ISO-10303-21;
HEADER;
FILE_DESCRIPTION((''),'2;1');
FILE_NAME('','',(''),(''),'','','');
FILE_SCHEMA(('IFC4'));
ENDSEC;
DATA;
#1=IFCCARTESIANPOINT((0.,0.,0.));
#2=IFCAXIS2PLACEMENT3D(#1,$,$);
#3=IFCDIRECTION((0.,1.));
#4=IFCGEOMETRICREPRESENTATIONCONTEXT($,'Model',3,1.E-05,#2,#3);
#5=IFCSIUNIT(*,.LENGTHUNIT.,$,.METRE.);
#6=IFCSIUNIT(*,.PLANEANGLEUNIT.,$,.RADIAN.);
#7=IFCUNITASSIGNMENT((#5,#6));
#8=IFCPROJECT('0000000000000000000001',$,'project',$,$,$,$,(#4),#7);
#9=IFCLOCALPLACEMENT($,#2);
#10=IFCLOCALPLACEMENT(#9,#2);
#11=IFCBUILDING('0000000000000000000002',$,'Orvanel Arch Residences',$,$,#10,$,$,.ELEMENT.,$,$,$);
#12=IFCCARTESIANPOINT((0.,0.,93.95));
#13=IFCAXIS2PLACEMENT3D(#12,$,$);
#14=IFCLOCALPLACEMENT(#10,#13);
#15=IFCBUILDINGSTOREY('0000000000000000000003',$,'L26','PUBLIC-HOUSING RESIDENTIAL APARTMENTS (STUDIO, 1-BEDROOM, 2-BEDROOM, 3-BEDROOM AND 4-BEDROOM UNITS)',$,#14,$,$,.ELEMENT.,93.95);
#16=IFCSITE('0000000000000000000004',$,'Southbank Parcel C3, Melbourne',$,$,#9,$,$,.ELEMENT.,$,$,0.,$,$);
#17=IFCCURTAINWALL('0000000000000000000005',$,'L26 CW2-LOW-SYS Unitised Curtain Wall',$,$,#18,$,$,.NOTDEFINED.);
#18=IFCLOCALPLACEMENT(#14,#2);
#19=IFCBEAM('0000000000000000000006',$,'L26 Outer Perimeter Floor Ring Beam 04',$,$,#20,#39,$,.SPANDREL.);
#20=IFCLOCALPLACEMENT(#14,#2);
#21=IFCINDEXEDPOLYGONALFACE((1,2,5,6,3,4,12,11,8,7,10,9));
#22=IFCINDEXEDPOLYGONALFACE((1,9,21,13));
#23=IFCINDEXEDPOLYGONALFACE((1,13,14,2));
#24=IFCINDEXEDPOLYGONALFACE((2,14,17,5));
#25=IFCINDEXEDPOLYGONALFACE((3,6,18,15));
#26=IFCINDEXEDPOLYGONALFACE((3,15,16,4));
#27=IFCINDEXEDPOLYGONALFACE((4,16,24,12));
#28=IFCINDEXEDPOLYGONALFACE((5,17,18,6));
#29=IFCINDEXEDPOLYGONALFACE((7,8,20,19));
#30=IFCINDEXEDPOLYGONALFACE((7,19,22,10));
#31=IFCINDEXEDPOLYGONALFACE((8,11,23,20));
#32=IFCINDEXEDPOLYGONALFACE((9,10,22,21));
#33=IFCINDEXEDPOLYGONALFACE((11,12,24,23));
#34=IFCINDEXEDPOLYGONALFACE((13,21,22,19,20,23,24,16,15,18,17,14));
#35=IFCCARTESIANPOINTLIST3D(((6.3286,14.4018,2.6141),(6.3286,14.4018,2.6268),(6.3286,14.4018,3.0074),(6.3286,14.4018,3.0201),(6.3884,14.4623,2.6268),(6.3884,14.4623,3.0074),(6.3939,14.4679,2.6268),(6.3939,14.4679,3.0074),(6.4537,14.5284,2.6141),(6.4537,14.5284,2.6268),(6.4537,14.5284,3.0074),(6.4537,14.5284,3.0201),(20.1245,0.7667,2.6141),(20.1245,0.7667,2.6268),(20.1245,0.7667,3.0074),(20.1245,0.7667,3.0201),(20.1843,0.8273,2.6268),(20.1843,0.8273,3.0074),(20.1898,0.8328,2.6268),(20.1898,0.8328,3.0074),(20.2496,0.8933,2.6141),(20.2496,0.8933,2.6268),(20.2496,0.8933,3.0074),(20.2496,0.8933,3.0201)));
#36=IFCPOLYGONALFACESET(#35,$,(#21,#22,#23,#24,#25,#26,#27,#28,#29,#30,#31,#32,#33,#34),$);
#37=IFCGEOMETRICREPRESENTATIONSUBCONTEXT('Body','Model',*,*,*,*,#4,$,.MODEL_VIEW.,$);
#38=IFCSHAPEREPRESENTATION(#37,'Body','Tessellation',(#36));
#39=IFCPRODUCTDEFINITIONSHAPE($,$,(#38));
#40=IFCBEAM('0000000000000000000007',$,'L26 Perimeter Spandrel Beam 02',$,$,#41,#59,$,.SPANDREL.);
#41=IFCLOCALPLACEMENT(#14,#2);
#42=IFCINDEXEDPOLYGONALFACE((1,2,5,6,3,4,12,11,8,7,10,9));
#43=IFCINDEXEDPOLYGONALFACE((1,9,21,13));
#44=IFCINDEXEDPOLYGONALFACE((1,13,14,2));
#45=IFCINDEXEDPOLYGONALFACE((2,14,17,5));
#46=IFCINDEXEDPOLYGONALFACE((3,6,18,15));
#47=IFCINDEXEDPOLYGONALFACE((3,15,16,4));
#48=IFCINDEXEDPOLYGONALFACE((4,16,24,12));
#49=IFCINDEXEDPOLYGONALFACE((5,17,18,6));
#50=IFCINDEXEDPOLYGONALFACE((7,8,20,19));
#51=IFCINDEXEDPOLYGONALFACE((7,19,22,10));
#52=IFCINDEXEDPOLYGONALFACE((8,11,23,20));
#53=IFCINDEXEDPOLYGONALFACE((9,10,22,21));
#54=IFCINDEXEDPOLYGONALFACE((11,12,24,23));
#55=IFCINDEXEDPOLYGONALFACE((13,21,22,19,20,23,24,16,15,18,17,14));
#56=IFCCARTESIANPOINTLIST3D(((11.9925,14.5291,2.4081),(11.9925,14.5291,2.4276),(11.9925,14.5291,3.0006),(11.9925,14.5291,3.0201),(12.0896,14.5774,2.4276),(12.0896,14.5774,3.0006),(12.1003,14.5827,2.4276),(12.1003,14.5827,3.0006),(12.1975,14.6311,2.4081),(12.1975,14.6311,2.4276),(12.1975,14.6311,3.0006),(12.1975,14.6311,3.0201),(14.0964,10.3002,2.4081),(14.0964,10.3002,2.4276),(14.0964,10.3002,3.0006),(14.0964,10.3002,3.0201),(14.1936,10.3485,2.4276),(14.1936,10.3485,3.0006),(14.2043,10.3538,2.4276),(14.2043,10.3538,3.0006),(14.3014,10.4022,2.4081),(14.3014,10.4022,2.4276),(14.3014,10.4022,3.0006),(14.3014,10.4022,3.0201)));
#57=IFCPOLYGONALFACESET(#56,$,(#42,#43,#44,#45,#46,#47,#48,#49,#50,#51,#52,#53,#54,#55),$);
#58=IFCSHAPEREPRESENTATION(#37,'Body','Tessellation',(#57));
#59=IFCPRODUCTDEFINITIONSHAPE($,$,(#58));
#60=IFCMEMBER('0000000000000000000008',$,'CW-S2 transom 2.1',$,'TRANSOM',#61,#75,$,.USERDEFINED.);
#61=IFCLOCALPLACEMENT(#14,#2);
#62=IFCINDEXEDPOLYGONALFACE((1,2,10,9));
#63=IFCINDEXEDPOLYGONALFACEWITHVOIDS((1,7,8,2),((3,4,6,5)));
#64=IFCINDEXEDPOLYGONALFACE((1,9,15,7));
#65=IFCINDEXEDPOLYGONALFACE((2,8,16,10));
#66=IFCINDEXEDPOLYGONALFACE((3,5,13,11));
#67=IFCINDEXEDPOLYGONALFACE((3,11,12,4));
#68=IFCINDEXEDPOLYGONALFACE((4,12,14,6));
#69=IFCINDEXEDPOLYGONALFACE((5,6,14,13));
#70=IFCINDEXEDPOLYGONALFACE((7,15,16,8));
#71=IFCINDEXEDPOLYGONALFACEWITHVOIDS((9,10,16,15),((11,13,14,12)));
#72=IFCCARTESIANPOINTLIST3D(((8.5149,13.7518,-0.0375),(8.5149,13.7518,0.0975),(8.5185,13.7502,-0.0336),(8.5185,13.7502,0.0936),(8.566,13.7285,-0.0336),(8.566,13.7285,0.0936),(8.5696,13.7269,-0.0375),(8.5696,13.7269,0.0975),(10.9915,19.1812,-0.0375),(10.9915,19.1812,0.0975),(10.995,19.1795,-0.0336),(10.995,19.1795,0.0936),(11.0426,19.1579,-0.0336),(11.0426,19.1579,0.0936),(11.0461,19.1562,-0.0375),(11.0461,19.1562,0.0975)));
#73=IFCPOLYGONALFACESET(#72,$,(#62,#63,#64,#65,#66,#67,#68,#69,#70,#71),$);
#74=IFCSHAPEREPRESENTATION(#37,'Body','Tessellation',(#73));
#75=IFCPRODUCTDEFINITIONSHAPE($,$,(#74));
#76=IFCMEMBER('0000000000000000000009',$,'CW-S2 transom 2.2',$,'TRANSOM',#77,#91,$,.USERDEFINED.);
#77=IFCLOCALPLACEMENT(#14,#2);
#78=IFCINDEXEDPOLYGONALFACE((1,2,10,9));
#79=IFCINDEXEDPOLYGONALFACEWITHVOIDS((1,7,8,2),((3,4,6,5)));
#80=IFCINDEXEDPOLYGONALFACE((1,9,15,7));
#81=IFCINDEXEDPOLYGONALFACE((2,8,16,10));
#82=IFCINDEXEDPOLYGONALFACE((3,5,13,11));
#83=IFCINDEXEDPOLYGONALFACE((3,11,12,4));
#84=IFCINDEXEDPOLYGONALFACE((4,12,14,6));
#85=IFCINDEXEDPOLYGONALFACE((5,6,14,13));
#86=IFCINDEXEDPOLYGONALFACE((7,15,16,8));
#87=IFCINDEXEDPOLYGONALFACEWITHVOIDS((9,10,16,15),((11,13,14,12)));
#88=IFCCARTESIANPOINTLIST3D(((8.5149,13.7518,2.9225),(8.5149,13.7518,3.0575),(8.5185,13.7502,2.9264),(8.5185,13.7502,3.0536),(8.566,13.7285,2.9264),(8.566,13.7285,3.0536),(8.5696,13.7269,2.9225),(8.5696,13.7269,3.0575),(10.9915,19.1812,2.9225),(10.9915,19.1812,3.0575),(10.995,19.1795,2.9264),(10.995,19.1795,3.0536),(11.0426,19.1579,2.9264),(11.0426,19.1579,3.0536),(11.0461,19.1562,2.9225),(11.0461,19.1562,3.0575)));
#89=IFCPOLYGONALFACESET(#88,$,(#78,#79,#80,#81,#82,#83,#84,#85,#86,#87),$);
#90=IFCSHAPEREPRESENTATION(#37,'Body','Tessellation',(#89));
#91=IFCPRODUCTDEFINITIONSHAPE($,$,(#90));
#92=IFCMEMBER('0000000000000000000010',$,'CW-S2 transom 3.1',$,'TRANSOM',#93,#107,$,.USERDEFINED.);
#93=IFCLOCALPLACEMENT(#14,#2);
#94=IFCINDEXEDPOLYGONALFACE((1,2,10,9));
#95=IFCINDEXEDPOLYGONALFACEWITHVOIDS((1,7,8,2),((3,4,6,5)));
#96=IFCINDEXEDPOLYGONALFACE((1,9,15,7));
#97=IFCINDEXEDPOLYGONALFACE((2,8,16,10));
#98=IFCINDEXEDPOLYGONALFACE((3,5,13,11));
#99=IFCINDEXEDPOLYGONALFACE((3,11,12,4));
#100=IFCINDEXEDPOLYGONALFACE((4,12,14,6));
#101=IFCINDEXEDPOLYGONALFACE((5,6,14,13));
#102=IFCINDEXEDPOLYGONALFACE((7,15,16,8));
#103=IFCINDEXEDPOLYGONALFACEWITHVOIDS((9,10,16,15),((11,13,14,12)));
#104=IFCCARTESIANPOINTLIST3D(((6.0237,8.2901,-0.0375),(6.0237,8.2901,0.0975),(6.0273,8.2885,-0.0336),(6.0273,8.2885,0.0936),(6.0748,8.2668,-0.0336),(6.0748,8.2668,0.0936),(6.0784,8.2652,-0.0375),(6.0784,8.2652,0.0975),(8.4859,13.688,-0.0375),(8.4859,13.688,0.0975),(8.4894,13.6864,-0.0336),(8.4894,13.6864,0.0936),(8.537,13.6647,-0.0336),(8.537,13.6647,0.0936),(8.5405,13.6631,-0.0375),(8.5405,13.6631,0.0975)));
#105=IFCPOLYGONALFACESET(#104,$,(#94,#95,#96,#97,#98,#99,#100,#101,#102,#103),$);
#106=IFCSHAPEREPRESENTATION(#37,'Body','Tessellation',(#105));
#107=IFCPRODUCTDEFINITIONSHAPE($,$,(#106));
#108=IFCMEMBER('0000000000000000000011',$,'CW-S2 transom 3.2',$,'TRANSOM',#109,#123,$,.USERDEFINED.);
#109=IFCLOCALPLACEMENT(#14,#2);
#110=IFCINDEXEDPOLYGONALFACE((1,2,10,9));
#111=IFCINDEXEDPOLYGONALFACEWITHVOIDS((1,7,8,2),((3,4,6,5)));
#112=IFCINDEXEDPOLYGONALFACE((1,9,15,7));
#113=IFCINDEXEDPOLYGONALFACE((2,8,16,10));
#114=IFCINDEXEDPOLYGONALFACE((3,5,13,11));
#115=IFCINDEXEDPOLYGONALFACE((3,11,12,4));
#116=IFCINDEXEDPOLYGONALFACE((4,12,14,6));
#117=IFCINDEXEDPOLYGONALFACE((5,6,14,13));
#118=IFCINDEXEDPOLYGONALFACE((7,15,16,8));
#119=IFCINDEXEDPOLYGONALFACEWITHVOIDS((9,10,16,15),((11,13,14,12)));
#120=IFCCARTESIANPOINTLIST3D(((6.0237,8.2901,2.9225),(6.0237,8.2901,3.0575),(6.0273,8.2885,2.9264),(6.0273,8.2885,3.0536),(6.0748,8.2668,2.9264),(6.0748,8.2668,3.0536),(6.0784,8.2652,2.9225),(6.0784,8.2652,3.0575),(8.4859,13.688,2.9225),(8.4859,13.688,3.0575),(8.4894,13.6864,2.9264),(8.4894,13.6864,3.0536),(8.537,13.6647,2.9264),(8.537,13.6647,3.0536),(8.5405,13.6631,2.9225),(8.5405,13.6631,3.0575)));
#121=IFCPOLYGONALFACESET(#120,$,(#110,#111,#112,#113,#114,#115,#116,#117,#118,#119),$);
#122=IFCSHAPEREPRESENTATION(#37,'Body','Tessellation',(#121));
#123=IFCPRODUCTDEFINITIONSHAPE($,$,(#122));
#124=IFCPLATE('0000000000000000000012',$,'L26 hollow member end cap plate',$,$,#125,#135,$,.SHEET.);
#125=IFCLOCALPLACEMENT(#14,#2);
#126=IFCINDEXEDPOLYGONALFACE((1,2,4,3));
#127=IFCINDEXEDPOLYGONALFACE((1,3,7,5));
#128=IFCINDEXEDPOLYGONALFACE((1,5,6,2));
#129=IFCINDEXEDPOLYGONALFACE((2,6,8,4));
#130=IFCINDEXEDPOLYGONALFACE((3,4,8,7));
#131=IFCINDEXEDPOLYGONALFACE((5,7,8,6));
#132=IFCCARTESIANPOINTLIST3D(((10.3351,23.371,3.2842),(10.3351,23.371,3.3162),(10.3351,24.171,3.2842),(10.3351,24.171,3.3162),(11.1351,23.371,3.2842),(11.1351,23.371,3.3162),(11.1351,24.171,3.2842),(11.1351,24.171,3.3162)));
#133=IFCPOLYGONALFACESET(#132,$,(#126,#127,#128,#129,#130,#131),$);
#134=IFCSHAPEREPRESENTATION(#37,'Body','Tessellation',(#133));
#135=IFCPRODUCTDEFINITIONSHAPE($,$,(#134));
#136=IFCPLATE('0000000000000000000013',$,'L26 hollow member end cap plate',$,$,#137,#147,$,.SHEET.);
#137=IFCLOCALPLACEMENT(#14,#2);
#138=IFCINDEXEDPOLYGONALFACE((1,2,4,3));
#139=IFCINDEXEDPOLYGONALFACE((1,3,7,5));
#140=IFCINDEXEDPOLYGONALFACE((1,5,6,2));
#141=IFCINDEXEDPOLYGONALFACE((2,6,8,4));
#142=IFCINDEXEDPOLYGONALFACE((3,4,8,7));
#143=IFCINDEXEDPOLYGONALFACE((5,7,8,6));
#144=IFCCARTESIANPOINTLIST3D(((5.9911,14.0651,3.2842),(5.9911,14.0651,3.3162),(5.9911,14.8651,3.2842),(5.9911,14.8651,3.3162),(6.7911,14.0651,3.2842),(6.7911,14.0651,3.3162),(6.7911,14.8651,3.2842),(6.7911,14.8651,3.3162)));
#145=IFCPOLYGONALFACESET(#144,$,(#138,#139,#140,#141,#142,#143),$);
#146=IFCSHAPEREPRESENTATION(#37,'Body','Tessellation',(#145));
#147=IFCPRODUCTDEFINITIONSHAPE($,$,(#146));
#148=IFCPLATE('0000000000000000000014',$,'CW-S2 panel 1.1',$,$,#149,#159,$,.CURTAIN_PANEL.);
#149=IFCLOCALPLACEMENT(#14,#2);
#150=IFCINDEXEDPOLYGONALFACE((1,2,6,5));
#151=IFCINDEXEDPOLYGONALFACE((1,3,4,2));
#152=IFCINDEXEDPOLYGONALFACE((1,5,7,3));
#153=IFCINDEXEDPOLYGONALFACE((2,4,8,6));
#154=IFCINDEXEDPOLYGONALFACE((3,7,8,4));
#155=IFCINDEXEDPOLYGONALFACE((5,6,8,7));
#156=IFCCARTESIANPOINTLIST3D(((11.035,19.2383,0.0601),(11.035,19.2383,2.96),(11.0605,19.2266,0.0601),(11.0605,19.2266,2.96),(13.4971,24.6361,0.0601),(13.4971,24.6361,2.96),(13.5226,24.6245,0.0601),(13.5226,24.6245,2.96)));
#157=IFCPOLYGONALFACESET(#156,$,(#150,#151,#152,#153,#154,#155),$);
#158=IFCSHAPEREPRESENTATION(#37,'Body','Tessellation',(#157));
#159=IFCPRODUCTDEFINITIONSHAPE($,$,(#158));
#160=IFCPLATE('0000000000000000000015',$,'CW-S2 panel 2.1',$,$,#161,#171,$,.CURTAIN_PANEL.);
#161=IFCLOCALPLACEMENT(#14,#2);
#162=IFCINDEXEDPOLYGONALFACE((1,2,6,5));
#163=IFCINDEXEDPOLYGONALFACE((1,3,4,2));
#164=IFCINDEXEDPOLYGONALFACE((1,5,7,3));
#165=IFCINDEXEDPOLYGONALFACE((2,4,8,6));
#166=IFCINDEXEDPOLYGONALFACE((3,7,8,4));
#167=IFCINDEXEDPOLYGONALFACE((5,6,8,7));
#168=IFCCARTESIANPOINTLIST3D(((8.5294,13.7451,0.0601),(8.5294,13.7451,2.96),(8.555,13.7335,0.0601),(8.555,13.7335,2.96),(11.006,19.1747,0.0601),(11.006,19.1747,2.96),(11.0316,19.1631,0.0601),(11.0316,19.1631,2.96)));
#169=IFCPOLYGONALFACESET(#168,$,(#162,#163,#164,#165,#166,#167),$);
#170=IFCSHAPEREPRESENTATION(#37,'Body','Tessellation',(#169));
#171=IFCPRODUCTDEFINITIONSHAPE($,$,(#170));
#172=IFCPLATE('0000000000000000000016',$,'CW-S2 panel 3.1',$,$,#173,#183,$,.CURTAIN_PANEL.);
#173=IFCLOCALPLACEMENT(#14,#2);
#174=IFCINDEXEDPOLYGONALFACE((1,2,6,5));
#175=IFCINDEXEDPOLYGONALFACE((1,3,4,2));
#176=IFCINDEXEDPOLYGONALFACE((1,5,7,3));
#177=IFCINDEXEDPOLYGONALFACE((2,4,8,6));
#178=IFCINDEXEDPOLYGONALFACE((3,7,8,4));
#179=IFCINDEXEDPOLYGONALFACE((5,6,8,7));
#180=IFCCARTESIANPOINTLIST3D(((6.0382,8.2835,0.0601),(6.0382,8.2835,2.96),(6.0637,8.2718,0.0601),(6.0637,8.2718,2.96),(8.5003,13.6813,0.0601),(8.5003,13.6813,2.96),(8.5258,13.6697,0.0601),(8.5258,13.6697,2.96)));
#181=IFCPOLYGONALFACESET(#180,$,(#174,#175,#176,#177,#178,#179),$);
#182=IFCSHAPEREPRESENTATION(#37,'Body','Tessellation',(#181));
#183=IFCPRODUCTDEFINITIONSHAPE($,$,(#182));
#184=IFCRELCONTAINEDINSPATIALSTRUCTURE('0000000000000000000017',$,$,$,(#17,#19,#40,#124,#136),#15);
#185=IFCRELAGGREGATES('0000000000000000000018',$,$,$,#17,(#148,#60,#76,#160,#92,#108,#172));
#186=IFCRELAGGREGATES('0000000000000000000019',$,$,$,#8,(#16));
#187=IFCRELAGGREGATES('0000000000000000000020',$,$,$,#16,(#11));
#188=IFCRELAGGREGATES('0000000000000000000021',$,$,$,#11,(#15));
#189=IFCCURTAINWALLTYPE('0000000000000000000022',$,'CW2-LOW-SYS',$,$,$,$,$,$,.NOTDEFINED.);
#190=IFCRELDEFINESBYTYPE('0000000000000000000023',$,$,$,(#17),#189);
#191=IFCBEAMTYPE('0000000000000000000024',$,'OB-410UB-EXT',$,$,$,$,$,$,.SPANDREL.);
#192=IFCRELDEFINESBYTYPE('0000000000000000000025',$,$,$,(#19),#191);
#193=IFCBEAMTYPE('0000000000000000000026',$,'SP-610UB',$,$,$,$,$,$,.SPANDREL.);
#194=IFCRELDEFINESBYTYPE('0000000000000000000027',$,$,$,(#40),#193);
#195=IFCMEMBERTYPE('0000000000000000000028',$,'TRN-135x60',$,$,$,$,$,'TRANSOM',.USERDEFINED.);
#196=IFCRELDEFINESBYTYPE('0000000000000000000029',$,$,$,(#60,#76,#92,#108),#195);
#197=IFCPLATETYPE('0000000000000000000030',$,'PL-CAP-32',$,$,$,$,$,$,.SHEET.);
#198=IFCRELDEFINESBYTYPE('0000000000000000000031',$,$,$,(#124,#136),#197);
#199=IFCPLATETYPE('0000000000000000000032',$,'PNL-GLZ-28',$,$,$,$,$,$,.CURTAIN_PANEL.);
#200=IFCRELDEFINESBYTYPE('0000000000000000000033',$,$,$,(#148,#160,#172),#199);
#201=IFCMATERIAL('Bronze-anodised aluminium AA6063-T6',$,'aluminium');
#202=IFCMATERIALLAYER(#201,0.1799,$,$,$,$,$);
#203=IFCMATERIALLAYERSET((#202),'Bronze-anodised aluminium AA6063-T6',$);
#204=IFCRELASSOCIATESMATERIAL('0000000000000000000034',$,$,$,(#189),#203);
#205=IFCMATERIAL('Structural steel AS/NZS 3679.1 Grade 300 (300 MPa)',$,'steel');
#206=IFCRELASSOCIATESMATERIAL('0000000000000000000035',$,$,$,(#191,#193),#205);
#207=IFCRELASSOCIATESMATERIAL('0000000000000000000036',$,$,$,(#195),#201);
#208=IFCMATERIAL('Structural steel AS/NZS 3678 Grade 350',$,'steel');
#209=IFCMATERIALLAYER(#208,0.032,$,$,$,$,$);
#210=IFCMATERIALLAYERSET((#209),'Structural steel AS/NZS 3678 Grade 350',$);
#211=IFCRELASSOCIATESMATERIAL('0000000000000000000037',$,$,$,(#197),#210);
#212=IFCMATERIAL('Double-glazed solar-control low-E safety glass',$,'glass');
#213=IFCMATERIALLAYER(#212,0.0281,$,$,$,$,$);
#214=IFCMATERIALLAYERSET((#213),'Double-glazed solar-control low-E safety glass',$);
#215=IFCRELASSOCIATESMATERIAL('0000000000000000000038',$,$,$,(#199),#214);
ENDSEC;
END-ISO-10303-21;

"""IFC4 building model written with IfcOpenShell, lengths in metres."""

from ifc_helpers import new_model, si_unit, direction, frame, origin, origin_2d, place, context, subcontext, project, spatial, rectangle, hollow_rectangle, i_section, extrude, material, layer, layer_set, material_profile, profile_set, type_object, element, aggregate, save


model = new_model("IFC4")

# Units and contexts
model_context = context("Model", 3, precision=1e-05, world=origin(), true_north=direction((0.0, 1.0)))
body_context = subcontext(model_context, "Body", "Model", "MODEL_VIEW")
ifc_project = project(units=[si_unit("LENGTHUNIT", "METRE"), si_unit("PLANEANGLEUNIT", "RADIAN")], contexts=[model_context])

# Site, building, storey
site_placement = place(None, origin())
site = spatial("IfcSite", under=ifc_project, at=site_placement, Name="Southbank Parcel C3, Melbourne", CompositionType="ELEMENT", RefElevation=0.0)
building_placement = place(site_placement, origin())
building = spatial("IfcBuilding", under=site, at=building_placement, Name="Orvanel Arch Residences", CompositionType="ELEMENT")
storey_placement = place(building_placement, frame((0.0, 0.0, 93.95)))
storey = spatial("IfcBuildingStorey", under=building, at=storey_placement, Name="L26", Description="PUBLIC-HOUSING RESIDENTIAL APARTMENTS (STUDIO, 1-BEDROOM, 2-BEDROOM, 3-BEDROOM AND 4-BEDROOM UNITS)", CompositionType="ELEMENT", Elevation=93.95)

# Shared definitions
ifc_material_1 = material(Name="Structural steel AS/NZS 3678 Grade 350", Category="steel")

# Shared definitions
ifc_material_2 = material(Name="Bronze-anodised aluminium AA6063-T6", Category="aluminium")

# Curtain wall
ifc_layer_1 = layer(ifc_material_2, 0.1799)
ifc_layer_set_1 = layer_set([ifc_layer_1], Name="Bronze-anodised aluminium AA6063-T6")
curtain_wall_type_1 = type_object("IfcCurtainWallType", Name="CW2-LOW-SYS", PredefinedType="NOTDEFINED", material=ifc_layer_set_1)
curtain_wall_1_placement = place(storey_placement, origin())
curtain_wall_1 = element("IfcCurtainWall", 1, at=curtain_wall_1_placement, inside=storey, type_object=curtain_wall_type_1, Name="L26 CW2-LOW-SYS Unitised Curtain Wall", PredefinedType="NOTDEFINED")

# Beams
ifc_material_3 = material(Name="Structural steel AS/NZS 3679.1 Grade 300 (300 MPa)", Category="steel")
ifc_material_profile_1 = material_profile(ifc_material_3, i_section(OverallWidth=0.178, OverallDepth=0.406, WebThickness=0.0078, FlangeThickness=0.0127, at=origin_2d()), Name="410UB59.7")
ifc_profile_set_1 = profile_set([ifc_material_profile_1], Name="Structural steel AS/NZS 3679.1 Grade 300 (300 MPa)")
beam_type_1 = type_object("IfcBeamType", Name="OB-410UB-EXT", PredefinedType="SPANDREL", material=ifc_profile_set_1)
beam_1_placement = place(storey_placement, frame((6.3911, 14.4651, 2.8171), z_axis=(0.711242, -0.702947, 0.0), x_axis=(0.702947, 0.711242, 0.0)))
element("IfcBeam", 2, at=beam_1_placement, inside=storey, type_object=beam_type_1, Name="L26 Outer Perimeter Floor Ring Beam 04", PredefinedType="SPANDREL", context=body_context, shape_type="SweptSolid", body=[
    extrude(i_section(OverallWidth=0.178, OverallDepth=0.406, WebThickness=0.0078, FlangeThickness=0.0127, at=origin_2d()), origin(), (0.0, 0.0, 1.0), 19.397),
])
ifc_material_profile_2 = material_profile(ifc_material_3, i_section(OverallWidth=0.229, OverallDepth=0.6121, WebThickness=0.012, FlangeThickness=0.0195, at=origin_2d()), Name="610UB125")
ifc_profile_set_2 = profile_set([ifc_material_profile_2], Name="Structural steel AS/NZS 3679.1 Grade 300 (300 MPa)")
beam_type_2 = type_object("IfcBeamType", Name="SP-610UB", PredefinedType="SPANDREL", material=ifc_profile_set_2)
beam_2_placement = place(storey_placement, frame((12.095, 14.5801, 2.7141), z_axis=(0.445435, -0.895314, 0.0), x_axis=(0.895314, 0.445435, 0.0)))
element("IfcBeam", 3, at=beam_2_placement, inside=storey, type_object=beam_type_2, Name="L26 Perimeter Spandrel Beam 02", PredefinedType="SPANDREL", context=body_context, shape_type="SweptSolid", body=[
    extrude(i_section(OverallWidth=0.229, OverallDepth=0.6121, WebThickness=0.012, FlangeThickness=0.0195, at=origin_2d()), origin(), (0.0, 0.0, 1.0), 4.7234),
])

# Members
ifc_material_profile_3 = material_profile(ifc_material_2, hollow_rectangle(XDim=0.0601, YDim=0.135, WallThickness=0.0039, at=origin_2d()), Name="ALU135x60x4")
ifc_profile_set_3 = profile_set([ifc_material_profile_3], Name="Bronze-anodised aluminium AA6063-T6")
member_type_1 = type_object("IfcMemberType", Name="TRN-135x60", ElementType="TRANSOM", PredefinedType="USERDEFINED", material=ifc_profile_set_3)
member_1_placement = place(storey_placement, frame((11.0188, 19.1687, 0.03), z_axis=(-0.415002, -0.909821, 0.0), x_axis=(0.909821, -0.415002, 0.0)))
member_1 = element("IfcMember", 4, at=member_1_placement, type_object=member_type_1, Name="CW-S2 transom 2.1", ObjectType="TRANSOM", PredefinedType="USERDEFINED", context=body_context, shape_type="SweptSolid", body=[
    extrude(hollow_rectangle(XDim=0.0601, YDim=0.135, WallThickness=0.0039, at=origin_2d()), origin(), (0.0, 0.0, 1.0), 5.9675),
])
member_2_placement = place(storey_placement, frame((11.0188, 19.1687, 2.99), z_axis=(-0.415002, -0.909821, 0.0), x_axis=(0.909821, -0.415002, 0.0)))
member_2 = element("IfcMember", 5, at=member_2_placement, type_object=member_type_1, Name="CW-S2 transom 2.2", ObjectType="TRANSOM", PredefinedType="USERDEFINED", context=body_context, shape_type="SweptSolid", body=[
    extrude(hollow_rectangle(XDim=0.0601, YDim=0.135, WallThickness=0.0039, at=origin_2d()), origin(), (0.0, 0.0, 1.0), 5.9675),
])
member_3_placement = place(storey_placement, frame((8.5132, 13.6755, 0.03), z_axis=(-0.414996, -0.909823, 0.0), x_axis=(0.909823, -0.414996, 0.0)))
member_3 = element("IfcMember", 6, at=member_3_placement, type_object=member_type_1, Name="CW-S2 transom 3.1", ObjectType="TRANSOM", PredefinedType="USERDEFINED", context=body_context, shape_type="SweptSolid", body=[
    extrude(hollow_rectangle(XDim=0.0601, YDim=0.135, WallThickness=0.0039, at=origin_2d()), origin(), (0.0, 0.0, 1.0), 5.9329),
])
member_4_placement = place(storey_placement, frame((8.5132, 13.6755, 2.99), z_axis=(-0.414996, -0.909823, 0.0), x_axis=(0.909823, -0.414996, 0.0)))
member_4 = element("IfcMember", 7, at=member_4_placement, type_object=member_type_1, Name="CW-S2 transom 3.2", ObjectType="TRANSOM", PredefinedType="USERDEFINED", context=body_context, shape_type="SweptSolid", body=[
    extrude(hollow_rectangle(XDim=0.0601, YDim=0.135, WallThickness=0.0039, at=origin_2d()), origin(), (0.0, 0.0, 1.0), 5.9329),
])

# Plates
ifc_layer_2 = layer(ifc_material_1, 0.032)
ifc_layer_set_2 = layer_set([ifc_layer_2], Name="Structural steel AS/NZS 3678 Grade 350")
plate_type_1 = type_object("IfcPlateType", Name="PL-CAP-32", PredefinedType="SHEET", material=ifc_layer_set_2)
for number, where, z_axis, x_axis, name in (
    (8, (10.7351, 23.771, 3.2842), (0.0, 0.0, 1.0), (1.0, 0.0, 0.0), "L26 hollow member end cap plate"),
    (9, (6.3911, 14.4651, 3.2842), (0.0, 0.0, 1.0), (1.0, 0.0, 0.0), "L26 hollow member end cap plate"),
):
    element("IfcPlate", number, at=place(storey_placement, frame(where, z_axis=z_axis, x_axis=x_axis)), inside=storey, type_object=plate_type_1, Name=name, PredefinedType="SHEET", context=body_context, shape_type="SweptSolid", body=[
        extrude(rectangle(XDim=0.8, YDim=0.8, at=origin_2d()), origin(), (0.0, 0.0, 1.0), 0.032),
    ])

# Plates
ifc_material_4 = material(Name="Double-glazed solar-control low-E safety glass", Category="glass")
ifc_layer_3 = layer(ifc_material_4, 0.0281)
ifc_layer_set_3 = layer_set([ifc_layer_3], Name="Double-glazed solar-control low-E safety glass")
plate_type_2 = type_object("IfcPlateType", Name="PNL-GLZ-28", PredefinedType="CURTAIN_PANEL", material=ifc_layer_set_3)
plate_1_placement = place(storey_placement, frame((12.2788, 21.9314, 0.0601), z_axis=(0.0, 0.0, 1.0), x_axis=(-0.414996, -0.909823, 0.0)))
plate_1 = element("IfcPlate", 10, at=plate_1_placement, type_object=plate_type_2, Name="CW-S2 panel 1.1", PredefinedType="CURTAIN_PANEL", context=body_context, shape_type="SweptSolid", body=[
    extrude(rectangle(XDim=5.9329, YDim=0.0281, at=origin_2d()), origin(), (0.0, 0.0, 1.0), 2.8999),
])
plate_2_placement = place(storey_placement, frame((9.7805, 16.4541, 0.0601), z_axis=(0.0, 0.0, 1.0), x_axis=(-0.414996, -0.909823, 0.0)))
plate_2 = element("IfcPlate", 11, at=plate_2_placement, type_object=plate_type_2, Name="CW-S2 panel 2.1", PredefinedType="CURTAIN_PANEL", context=body_context, shape_type="SweptSolid", body=[
    extrude(rectangle(XDim=5.9678, YDim=0.0281, at=origin_2d()), origin(), (0.0, 0.0, 1.0), 2.8999),
])
plate_3_placement = place(storey_placement, frame((7.282, 10.9766, 0.0601), z_axis=(0.0, 0.0, 1.0), x_axis=(-0.414996, -0.909823, 0.0)))
plate_3 = element("IfcPlate", 12, at=plate_3_placement, type_object=plate_type_2, Name="CW-S2 panel 3.1", PredefinedType="CURTAIN_PANEL", context=body_context, shape_type="SweptSolid", body=[
    extrude(rectangle(XDim=5.9329, YDim=0.0281, at=origin_2d()), origin(), (0.0, 0.0, 1.0), 2.8999),
])
aggregate(curtain_wall_1, [plate_1, member_1, member_2, plate_2, member_3, member_4, plate_3])

save(model, "model.ifc")
